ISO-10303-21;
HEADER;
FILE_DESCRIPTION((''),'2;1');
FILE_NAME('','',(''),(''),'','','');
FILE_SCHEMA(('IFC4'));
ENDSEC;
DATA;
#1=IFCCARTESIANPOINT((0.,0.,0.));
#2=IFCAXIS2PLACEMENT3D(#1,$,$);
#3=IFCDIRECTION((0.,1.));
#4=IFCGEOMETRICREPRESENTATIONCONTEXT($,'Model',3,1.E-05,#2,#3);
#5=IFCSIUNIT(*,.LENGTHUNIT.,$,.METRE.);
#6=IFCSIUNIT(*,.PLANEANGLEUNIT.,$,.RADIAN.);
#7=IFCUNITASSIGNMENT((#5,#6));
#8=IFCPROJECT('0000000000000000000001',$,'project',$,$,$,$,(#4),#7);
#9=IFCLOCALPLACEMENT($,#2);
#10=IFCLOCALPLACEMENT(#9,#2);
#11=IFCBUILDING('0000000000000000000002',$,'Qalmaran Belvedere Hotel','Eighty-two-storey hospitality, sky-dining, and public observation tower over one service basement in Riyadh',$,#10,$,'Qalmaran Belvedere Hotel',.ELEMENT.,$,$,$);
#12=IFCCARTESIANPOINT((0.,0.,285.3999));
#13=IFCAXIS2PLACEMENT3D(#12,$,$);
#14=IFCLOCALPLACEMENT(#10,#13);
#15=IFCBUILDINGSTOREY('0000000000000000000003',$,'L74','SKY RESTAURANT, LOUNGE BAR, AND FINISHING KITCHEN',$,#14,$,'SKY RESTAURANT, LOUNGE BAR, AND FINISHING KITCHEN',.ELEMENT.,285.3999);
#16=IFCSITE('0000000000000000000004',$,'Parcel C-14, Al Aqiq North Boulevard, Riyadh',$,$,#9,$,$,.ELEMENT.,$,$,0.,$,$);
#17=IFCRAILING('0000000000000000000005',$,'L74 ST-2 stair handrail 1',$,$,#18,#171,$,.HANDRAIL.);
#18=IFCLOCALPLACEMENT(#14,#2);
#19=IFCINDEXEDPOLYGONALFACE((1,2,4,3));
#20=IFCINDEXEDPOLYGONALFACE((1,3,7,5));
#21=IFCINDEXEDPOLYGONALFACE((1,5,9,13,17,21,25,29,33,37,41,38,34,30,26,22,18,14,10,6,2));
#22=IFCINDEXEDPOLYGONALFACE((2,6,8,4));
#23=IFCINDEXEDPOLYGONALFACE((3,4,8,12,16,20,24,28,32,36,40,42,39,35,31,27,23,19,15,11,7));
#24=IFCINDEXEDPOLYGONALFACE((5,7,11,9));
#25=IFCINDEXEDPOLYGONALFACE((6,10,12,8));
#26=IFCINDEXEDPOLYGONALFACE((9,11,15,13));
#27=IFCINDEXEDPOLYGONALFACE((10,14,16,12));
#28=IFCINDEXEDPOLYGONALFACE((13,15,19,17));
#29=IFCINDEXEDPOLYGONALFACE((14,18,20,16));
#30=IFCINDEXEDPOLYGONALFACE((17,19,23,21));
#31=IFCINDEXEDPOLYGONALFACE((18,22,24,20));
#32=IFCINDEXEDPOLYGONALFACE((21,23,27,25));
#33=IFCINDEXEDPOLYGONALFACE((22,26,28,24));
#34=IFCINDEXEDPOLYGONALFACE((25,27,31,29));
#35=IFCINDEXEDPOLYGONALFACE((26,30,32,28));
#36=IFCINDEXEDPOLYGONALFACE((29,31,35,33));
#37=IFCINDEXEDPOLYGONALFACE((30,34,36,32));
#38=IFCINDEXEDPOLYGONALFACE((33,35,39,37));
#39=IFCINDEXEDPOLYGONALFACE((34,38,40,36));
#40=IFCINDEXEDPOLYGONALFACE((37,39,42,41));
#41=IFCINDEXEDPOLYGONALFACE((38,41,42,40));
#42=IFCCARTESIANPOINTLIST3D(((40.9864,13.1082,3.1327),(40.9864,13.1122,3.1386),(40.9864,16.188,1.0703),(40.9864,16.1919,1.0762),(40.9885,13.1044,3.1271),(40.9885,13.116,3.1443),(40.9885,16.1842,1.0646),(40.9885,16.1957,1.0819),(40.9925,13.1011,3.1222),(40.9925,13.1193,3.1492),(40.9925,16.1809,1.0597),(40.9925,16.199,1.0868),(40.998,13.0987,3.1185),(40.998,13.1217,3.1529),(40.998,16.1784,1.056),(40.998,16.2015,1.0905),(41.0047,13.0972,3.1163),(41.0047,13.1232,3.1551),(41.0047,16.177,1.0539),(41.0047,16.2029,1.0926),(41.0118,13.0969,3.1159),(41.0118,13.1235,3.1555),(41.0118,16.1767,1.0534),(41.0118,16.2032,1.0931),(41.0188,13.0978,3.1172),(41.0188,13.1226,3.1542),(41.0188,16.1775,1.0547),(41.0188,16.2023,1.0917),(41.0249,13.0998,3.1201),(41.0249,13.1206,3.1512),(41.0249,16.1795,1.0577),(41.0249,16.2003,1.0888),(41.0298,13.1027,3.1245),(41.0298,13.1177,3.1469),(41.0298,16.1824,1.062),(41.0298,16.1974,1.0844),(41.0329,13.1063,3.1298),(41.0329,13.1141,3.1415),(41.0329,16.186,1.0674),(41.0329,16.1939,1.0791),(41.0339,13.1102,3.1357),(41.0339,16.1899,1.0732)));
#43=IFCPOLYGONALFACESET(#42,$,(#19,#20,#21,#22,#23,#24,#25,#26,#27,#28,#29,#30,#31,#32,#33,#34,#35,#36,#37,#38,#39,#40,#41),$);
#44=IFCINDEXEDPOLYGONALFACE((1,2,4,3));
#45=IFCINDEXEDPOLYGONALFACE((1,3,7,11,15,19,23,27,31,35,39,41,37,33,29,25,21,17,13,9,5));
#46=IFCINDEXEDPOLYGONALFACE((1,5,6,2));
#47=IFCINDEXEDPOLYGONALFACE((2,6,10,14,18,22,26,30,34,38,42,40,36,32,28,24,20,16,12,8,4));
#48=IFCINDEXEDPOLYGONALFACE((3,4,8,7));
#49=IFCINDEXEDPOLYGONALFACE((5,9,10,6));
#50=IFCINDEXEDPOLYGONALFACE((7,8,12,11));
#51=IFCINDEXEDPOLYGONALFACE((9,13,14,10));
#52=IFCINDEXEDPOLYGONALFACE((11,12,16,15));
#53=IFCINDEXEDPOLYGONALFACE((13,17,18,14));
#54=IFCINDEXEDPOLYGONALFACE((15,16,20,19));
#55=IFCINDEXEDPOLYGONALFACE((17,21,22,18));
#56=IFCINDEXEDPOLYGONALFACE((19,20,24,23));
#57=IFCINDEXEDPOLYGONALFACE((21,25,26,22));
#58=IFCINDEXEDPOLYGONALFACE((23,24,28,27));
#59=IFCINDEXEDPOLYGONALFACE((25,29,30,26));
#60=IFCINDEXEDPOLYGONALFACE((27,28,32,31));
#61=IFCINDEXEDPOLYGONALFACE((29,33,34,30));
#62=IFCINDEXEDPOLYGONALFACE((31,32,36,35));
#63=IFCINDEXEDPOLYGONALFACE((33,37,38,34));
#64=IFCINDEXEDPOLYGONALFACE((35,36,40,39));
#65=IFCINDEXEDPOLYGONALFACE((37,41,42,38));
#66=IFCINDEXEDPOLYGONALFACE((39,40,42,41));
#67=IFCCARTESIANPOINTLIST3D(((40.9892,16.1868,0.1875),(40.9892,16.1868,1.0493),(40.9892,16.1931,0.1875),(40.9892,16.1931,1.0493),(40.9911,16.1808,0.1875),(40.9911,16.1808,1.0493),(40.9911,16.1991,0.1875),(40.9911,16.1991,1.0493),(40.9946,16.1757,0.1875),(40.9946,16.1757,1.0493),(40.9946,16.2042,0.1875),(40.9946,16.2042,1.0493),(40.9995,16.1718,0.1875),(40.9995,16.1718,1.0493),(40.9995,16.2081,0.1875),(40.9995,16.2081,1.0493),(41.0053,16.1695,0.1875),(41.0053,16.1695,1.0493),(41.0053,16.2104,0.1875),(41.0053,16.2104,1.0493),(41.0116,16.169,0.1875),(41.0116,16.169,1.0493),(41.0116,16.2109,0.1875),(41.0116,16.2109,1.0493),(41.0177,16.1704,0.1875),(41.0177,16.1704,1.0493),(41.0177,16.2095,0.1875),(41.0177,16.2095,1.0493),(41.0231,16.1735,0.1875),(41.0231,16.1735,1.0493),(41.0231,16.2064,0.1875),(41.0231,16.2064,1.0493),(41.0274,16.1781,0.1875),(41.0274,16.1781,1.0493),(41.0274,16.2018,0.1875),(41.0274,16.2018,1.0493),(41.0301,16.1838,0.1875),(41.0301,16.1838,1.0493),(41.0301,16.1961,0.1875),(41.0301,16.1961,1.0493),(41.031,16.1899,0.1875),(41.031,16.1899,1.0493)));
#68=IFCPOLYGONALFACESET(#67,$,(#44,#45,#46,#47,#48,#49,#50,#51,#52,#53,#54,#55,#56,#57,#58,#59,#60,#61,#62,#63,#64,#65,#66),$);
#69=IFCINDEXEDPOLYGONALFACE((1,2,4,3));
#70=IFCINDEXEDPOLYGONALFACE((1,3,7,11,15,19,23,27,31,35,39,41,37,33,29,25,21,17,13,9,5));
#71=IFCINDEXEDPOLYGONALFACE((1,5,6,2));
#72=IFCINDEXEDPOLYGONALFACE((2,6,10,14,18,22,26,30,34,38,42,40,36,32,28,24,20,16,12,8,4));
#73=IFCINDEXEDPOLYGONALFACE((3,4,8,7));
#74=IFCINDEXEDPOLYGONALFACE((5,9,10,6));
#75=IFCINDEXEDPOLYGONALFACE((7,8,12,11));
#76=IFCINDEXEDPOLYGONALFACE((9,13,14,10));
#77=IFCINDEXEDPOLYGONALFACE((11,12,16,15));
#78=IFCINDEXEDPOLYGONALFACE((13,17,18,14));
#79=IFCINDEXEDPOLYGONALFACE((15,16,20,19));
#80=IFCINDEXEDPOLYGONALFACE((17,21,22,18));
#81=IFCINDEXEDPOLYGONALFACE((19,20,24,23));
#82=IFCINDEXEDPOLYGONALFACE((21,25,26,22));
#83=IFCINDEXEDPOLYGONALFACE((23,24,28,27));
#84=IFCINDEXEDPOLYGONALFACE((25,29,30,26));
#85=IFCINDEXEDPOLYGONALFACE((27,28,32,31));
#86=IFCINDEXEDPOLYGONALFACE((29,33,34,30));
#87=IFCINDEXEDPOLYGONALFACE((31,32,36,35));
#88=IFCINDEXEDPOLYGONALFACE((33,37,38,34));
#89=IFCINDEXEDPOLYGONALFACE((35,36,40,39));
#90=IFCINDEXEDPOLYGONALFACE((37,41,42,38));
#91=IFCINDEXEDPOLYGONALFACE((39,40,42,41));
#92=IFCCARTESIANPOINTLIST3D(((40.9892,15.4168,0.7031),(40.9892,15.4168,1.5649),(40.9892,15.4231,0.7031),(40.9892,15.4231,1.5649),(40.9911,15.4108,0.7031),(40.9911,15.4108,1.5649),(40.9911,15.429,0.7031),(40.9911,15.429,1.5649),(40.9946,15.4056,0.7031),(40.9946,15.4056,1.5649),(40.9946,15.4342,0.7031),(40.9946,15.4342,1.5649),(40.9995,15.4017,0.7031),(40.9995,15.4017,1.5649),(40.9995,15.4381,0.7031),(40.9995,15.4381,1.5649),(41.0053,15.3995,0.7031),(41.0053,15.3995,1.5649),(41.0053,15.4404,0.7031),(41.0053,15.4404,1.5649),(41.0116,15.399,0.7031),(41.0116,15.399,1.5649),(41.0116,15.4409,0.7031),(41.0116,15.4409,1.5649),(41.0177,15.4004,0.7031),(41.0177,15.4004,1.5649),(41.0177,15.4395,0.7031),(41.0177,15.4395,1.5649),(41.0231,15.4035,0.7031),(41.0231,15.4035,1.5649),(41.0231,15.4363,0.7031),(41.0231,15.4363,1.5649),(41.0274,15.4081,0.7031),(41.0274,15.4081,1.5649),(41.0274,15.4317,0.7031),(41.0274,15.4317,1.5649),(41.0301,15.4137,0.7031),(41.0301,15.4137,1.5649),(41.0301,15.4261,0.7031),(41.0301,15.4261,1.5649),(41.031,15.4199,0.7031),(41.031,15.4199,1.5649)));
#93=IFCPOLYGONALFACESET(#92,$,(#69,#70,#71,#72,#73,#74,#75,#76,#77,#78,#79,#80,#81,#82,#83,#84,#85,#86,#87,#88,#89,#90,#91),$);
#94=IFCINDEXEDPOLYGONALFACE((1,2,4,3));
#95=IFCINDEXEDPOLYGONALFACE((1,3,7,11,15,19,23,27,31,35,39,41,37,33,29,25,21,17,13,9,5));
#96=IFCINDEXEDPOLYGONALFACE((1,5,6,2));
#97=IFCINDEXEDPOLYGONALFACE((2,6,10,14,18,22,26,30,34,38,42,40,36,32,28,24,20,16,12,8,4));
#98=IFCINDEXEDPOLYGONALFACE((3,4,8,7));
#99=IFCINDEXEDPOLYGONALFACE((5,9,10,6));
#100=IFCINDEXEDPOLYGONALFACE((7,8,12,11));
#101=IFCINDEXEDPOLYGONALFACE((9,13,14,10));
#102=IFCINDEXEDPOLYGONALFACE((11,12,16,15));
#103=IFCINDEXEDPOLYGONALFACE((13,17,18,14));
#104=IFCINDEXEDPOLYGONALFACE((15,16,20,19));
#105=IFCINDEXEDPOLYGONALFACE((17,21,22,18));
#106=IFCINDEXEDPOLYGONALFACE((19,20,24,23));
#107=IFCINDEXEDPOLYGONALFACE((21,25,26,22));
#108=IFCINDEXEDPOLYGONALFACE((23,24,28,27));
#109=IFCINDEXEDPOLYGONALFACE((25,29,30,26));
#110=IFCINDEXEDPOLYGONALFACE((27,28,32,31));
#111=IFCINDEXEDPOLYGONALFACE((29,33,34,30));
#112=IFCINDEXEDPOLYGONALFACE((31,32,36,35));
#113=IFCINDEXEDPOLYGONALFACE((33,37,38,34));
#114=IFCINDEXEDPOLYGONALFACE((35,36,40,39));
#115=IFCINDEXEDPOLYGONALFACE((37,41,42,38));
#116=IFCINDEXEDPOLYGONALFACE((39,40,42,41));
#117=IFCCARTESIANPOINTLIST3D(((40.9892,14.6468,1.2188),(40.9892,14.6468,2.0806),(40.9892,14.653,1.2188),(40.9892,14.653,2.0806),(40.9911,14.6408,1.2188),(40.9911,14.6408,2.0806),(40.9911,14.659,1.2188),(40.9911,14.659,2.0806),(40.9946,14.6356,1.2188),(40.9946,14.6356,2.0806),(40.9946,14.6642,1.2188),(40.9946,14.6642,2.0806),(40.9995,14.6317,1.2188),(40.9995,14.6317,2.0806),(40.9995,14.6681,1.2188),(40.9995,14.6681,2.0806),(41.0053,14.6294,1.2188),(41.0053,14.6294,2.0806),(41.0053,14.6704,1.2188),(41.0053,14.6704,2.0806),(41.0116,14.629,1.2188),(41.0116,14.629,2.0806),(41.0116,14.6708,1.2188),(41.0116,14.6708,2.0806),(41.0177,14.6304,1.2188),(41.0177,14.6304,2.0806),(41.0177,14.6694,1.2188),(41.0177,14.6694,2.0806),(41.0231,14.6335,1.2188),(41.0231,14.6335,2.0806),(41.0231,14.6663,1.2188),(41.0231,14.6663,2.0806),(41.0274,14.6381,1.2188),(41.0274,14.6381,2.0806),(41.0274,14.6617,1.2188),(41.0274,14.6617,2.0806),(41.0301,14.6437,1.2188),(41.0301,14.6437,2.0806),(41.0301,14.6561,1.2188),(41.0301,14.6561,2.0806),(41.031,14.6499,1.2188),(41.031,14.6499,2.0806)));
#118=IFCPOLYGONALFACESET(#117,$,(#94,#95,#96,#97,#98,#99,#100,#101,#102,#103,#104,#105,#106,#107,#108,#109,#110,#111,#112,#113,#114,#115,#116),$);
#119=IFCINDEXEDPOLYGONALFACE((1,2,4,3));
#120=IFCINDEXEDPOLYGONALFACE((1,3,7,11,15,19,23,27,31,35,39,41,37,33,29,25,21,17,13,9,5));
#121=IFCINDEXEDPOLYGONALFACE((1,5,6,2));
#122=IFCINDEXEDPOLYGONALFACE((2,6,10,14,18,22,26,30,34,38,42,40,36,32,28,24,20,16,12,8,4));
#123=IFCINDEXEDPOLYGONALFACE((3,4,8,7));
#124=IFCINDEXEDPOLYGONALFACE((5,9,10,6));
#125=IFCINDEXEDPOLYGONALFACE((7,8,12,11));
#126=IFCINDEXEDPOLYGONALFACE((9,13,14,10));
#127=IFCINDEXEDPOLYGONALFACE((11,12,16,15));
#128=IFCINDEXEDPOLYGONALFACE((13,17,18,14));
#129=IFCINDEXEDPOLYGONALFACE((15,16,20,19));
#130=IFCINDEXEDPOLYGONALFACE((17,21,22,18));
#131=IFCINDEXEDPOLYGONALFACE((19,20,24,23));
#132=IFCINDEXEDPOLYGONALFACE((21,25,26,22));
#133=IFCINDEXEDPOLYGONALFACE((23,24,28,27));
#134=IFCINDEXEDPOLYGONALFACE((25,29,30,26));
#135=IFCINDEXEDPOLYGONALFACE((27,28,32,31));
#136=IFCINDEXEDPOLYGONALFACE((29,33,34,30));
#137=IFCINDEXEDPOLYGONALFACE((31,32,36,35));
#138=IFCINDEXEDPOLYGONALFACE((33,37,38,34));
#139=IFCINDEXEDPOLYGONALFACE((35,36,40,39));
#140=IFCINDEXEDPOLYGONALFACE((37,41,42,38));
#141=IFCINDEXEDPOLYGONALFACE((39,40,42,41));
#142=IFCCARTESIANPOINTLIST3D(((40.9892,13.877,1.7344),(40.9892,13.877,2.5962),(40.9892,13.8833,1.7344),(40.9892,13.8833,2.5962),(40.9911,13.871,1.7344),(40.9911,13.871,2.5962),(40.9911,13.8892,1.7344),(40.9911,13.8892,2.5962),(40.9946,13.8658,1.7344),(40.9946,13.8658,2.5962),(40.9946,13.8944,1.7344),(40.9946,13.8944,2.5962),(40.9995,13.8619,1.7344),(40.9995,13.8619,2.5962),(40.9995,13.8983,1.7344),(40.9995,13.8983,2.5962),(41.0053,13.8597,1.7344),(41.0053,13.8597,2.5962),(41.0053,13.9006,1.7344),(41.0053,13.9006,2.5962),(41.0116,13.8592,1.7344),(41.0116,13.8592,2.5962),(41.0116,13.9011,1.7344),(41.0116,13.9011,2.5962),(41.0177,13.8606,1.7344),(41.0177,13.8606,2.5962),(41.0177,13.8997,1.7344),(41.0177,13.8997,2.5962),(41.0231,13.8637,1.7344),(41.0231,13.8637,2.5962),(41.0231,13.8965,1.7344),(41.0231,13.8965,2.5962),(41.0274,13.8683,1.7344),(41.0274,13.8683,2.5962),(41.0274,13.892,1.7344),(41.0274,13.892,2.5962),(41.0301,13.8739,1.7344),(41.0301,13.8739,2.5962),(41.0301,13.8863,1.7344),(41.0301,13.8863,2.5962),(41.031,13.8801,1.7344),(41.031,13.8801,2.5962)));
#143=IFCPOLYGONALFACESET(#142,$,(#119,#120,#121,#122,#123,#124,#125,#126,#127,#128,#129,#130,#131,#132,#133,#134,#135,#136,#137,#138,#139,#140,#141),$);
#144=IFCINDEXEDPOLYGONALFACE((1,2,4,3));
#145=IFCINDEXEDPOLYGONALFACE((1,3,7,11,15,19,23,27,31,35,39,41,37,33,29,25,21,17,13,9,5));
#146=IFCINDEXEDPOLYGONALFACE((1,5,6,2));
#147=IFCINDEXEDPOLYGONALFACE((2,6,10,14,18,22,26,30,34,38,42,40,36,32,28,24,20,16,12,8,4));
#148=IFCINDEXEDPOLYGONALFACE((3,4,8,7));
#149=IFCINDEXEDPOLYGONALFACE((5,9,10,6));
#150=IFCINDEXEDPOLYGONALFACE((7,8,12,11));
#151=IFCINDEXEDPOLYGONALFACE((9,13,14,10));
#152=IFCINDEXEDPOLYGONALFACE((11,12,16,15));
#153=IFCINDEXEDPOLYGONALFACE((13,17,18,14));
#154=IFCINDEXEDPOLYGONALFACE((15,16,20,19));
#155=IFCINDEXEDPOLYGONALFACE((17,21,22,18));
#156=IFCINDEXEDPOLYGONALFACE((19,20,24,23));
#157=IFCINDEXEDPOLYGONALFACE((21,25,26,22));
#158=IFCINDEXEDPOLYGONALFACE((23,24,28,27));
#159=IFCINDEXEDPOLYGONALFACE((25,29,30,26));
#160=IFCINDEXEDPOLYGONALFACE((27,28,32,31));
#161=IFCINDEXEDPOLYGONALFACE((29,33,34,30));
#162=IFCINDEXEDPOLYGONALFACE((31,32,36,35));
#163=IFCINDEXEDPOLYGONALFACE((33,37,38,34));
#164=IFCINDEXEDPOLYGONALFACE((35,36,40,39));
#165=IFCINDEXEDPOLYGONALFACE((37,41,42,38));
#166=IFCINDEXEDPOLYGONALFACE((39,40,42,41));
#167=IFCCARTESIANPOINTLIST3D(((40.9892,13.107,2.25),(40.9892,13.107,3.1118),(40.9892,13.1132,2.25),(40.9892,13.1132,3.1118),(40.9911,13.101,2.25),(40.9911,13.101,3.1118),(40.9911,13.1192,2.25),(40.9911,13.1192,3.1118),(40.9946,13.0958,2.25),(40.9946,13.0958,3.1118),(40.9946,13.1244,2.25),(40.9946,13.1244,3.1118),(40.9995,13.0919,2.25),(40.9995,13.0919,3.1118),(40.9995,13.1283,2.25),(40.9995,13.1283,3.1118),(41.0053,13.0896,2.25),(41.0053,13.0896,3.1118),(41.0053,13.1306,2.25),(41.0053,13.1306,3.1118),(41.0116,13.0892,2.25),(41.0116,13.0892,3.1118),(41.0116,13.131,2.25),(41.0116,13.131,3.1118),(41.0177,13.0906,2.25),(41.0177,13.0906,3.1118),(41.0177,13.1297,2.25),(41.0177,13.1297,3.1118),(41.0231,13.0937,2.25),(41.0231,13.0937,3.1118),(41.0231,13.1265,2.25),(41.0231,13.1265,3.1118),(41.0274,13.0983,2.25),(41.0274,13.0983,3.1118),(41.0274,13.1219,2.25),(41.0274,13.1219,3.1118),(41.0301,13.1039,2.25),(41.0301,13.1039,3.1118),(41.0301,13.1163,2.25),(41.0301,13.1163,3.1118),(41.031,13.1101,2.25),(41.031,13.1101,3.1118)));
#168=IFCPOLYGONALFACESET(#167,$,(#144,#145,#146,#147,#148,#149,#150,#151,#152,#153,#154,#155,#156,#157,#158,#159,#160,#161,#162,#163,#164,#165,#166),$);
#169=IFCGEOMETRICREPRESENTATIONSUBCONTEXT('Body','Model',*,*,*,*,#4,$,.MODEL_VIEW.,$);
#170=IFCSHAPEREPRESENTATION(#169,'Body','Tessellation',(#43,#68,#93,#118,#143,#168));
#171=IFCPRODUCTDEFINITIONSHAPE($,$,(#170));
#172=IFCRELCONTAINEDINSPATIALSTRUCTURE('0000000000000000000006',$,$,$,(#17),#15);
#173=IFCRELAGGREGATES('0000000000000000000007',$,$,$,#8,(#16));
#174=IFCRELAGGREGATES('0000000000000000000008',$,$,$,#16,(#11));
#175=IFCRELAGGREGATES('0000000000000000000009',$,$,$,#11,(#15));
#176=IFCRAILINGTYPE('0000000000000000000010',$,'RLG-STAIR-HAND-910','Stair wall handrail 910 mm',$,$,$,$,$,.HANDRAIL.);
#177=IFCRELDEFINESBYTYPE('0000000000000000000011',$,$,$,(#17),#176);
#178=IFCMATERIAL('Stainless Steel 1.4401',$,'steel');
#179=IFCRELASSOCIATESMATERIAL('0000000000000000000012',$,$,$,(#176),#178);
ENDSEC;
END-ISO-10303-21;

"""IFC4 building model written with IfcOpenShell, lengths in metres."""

from ifc_helpers import new_model, si_unit, direction, frame, origin, origin_2d, place, context, subcontext, project, spatial, circle, extrude, material, type_object, element, save


model = new_model("IFC4")

# Units and contexts
model_context = context("Model", 3, precision=1e-05, world=origin(), true_north=direction((0.0, 1.0)))
body_context = subcontext(model_context, "Body", "Model", "MODEL_VIEW")
ifc_project = project(units=[si_unit("LENGTHUNIT", "METRE"), si_unit("PLANEANGLEUNIT", "RADIAN")], contexts=[model_context])

# Site, building, storey
site_placement = place(None, origin())
site = spatial("IfcSite", under=ifc_project, at=site_placement, Name="Parcel C-14, Al Aqiq North Boulevard, Riyadh", CompositionType="ELEMENT", RefElevation=0.0)
building_placement = place(site_placement, origin())
building = spatial("IfcBuilding", under=site, at=building_placement, Name="Qalmaran Belvedere Hotel", Description="Eighty-two-storey hospitality, sky-dining, and public observation tower over one service basement in Riyadh", LongName="Qalmaran Belvedere Hotel", CompositionType="ELEMENT")
storey_placement = place(building_placement, frame((0.0, 0.0, 285.3999)))
storey = spatial("IfcBuildingStorey", under=building, at=storey_placement, Name="L74", Description="SKY RESTAURANT, LOUNGE BAR, AND FINISHING KITCHEN", LongName="SKY RESTAURANT, LOUNGE BAR, AND FINISHING KITCHEN", CompositionType="ELEMENT", Elevation=285.3999)

# Railing
ifc_material_1 = material(Name="Stainless Steel 1.4401", Category="steel")
railing_type_1 = type_object("IfcRailingType", Name="RLG-STAIR-HAND-910", Description="Stair wall handrail 910 mm", PredefinedType="HANDRAIL", material=ifc_material_1)
railing_1_placement = place(storey_placement, frame((41.01, 16.1899, 0.1875)))
element("IfcRailing", 1, at=railing_1_placement, inside=storey, type_object=railing_type_1, Name="L74 ST-2 stair handrail 1", PredefinedType="HANDRAIL", context=body_context, shape_type="SweptSolid", body=[
    extrude(circle(Radius=0.0239, at=origin_2d()), frame((0.0, 0.0, 0.8857), z_axis=(0.0, -0.830893, 0.556432), x_axis=(1.0, 0.0, 0.0)), (0.0, 0.0, 1.0), 3.7065),
    extrude(circle(Radius=0.021, at=origin_2d()), origin(), (0.0, 0.0, 1.0), 0.8618),
    extrude(circle(Radius=0.021, at=origin_2d()), frame((0.0, -0.77, 0.5156)), (0.0, 0.0, 1.0), 0.8618),
    extrude(circle(Radius=0.021, at=origin_2d()), frame((0.0, -1.54, 1.0312)), (0.0, 0.0, 1.0), 0.8618),
    extrude(circle(Radius=0.021, at=origin_2d()), frame((0.0, -2.3098, 1.5469)), (0.0, 0.0, 1.0), 0.8618),
    extrude(circle(Radius=0.021, at=origin_2d()), frame((0.0, -3.0798, 2.0625)), (0.0, 0.0, 1.0), 0.8618),
])

save(model, "model.ifc")
